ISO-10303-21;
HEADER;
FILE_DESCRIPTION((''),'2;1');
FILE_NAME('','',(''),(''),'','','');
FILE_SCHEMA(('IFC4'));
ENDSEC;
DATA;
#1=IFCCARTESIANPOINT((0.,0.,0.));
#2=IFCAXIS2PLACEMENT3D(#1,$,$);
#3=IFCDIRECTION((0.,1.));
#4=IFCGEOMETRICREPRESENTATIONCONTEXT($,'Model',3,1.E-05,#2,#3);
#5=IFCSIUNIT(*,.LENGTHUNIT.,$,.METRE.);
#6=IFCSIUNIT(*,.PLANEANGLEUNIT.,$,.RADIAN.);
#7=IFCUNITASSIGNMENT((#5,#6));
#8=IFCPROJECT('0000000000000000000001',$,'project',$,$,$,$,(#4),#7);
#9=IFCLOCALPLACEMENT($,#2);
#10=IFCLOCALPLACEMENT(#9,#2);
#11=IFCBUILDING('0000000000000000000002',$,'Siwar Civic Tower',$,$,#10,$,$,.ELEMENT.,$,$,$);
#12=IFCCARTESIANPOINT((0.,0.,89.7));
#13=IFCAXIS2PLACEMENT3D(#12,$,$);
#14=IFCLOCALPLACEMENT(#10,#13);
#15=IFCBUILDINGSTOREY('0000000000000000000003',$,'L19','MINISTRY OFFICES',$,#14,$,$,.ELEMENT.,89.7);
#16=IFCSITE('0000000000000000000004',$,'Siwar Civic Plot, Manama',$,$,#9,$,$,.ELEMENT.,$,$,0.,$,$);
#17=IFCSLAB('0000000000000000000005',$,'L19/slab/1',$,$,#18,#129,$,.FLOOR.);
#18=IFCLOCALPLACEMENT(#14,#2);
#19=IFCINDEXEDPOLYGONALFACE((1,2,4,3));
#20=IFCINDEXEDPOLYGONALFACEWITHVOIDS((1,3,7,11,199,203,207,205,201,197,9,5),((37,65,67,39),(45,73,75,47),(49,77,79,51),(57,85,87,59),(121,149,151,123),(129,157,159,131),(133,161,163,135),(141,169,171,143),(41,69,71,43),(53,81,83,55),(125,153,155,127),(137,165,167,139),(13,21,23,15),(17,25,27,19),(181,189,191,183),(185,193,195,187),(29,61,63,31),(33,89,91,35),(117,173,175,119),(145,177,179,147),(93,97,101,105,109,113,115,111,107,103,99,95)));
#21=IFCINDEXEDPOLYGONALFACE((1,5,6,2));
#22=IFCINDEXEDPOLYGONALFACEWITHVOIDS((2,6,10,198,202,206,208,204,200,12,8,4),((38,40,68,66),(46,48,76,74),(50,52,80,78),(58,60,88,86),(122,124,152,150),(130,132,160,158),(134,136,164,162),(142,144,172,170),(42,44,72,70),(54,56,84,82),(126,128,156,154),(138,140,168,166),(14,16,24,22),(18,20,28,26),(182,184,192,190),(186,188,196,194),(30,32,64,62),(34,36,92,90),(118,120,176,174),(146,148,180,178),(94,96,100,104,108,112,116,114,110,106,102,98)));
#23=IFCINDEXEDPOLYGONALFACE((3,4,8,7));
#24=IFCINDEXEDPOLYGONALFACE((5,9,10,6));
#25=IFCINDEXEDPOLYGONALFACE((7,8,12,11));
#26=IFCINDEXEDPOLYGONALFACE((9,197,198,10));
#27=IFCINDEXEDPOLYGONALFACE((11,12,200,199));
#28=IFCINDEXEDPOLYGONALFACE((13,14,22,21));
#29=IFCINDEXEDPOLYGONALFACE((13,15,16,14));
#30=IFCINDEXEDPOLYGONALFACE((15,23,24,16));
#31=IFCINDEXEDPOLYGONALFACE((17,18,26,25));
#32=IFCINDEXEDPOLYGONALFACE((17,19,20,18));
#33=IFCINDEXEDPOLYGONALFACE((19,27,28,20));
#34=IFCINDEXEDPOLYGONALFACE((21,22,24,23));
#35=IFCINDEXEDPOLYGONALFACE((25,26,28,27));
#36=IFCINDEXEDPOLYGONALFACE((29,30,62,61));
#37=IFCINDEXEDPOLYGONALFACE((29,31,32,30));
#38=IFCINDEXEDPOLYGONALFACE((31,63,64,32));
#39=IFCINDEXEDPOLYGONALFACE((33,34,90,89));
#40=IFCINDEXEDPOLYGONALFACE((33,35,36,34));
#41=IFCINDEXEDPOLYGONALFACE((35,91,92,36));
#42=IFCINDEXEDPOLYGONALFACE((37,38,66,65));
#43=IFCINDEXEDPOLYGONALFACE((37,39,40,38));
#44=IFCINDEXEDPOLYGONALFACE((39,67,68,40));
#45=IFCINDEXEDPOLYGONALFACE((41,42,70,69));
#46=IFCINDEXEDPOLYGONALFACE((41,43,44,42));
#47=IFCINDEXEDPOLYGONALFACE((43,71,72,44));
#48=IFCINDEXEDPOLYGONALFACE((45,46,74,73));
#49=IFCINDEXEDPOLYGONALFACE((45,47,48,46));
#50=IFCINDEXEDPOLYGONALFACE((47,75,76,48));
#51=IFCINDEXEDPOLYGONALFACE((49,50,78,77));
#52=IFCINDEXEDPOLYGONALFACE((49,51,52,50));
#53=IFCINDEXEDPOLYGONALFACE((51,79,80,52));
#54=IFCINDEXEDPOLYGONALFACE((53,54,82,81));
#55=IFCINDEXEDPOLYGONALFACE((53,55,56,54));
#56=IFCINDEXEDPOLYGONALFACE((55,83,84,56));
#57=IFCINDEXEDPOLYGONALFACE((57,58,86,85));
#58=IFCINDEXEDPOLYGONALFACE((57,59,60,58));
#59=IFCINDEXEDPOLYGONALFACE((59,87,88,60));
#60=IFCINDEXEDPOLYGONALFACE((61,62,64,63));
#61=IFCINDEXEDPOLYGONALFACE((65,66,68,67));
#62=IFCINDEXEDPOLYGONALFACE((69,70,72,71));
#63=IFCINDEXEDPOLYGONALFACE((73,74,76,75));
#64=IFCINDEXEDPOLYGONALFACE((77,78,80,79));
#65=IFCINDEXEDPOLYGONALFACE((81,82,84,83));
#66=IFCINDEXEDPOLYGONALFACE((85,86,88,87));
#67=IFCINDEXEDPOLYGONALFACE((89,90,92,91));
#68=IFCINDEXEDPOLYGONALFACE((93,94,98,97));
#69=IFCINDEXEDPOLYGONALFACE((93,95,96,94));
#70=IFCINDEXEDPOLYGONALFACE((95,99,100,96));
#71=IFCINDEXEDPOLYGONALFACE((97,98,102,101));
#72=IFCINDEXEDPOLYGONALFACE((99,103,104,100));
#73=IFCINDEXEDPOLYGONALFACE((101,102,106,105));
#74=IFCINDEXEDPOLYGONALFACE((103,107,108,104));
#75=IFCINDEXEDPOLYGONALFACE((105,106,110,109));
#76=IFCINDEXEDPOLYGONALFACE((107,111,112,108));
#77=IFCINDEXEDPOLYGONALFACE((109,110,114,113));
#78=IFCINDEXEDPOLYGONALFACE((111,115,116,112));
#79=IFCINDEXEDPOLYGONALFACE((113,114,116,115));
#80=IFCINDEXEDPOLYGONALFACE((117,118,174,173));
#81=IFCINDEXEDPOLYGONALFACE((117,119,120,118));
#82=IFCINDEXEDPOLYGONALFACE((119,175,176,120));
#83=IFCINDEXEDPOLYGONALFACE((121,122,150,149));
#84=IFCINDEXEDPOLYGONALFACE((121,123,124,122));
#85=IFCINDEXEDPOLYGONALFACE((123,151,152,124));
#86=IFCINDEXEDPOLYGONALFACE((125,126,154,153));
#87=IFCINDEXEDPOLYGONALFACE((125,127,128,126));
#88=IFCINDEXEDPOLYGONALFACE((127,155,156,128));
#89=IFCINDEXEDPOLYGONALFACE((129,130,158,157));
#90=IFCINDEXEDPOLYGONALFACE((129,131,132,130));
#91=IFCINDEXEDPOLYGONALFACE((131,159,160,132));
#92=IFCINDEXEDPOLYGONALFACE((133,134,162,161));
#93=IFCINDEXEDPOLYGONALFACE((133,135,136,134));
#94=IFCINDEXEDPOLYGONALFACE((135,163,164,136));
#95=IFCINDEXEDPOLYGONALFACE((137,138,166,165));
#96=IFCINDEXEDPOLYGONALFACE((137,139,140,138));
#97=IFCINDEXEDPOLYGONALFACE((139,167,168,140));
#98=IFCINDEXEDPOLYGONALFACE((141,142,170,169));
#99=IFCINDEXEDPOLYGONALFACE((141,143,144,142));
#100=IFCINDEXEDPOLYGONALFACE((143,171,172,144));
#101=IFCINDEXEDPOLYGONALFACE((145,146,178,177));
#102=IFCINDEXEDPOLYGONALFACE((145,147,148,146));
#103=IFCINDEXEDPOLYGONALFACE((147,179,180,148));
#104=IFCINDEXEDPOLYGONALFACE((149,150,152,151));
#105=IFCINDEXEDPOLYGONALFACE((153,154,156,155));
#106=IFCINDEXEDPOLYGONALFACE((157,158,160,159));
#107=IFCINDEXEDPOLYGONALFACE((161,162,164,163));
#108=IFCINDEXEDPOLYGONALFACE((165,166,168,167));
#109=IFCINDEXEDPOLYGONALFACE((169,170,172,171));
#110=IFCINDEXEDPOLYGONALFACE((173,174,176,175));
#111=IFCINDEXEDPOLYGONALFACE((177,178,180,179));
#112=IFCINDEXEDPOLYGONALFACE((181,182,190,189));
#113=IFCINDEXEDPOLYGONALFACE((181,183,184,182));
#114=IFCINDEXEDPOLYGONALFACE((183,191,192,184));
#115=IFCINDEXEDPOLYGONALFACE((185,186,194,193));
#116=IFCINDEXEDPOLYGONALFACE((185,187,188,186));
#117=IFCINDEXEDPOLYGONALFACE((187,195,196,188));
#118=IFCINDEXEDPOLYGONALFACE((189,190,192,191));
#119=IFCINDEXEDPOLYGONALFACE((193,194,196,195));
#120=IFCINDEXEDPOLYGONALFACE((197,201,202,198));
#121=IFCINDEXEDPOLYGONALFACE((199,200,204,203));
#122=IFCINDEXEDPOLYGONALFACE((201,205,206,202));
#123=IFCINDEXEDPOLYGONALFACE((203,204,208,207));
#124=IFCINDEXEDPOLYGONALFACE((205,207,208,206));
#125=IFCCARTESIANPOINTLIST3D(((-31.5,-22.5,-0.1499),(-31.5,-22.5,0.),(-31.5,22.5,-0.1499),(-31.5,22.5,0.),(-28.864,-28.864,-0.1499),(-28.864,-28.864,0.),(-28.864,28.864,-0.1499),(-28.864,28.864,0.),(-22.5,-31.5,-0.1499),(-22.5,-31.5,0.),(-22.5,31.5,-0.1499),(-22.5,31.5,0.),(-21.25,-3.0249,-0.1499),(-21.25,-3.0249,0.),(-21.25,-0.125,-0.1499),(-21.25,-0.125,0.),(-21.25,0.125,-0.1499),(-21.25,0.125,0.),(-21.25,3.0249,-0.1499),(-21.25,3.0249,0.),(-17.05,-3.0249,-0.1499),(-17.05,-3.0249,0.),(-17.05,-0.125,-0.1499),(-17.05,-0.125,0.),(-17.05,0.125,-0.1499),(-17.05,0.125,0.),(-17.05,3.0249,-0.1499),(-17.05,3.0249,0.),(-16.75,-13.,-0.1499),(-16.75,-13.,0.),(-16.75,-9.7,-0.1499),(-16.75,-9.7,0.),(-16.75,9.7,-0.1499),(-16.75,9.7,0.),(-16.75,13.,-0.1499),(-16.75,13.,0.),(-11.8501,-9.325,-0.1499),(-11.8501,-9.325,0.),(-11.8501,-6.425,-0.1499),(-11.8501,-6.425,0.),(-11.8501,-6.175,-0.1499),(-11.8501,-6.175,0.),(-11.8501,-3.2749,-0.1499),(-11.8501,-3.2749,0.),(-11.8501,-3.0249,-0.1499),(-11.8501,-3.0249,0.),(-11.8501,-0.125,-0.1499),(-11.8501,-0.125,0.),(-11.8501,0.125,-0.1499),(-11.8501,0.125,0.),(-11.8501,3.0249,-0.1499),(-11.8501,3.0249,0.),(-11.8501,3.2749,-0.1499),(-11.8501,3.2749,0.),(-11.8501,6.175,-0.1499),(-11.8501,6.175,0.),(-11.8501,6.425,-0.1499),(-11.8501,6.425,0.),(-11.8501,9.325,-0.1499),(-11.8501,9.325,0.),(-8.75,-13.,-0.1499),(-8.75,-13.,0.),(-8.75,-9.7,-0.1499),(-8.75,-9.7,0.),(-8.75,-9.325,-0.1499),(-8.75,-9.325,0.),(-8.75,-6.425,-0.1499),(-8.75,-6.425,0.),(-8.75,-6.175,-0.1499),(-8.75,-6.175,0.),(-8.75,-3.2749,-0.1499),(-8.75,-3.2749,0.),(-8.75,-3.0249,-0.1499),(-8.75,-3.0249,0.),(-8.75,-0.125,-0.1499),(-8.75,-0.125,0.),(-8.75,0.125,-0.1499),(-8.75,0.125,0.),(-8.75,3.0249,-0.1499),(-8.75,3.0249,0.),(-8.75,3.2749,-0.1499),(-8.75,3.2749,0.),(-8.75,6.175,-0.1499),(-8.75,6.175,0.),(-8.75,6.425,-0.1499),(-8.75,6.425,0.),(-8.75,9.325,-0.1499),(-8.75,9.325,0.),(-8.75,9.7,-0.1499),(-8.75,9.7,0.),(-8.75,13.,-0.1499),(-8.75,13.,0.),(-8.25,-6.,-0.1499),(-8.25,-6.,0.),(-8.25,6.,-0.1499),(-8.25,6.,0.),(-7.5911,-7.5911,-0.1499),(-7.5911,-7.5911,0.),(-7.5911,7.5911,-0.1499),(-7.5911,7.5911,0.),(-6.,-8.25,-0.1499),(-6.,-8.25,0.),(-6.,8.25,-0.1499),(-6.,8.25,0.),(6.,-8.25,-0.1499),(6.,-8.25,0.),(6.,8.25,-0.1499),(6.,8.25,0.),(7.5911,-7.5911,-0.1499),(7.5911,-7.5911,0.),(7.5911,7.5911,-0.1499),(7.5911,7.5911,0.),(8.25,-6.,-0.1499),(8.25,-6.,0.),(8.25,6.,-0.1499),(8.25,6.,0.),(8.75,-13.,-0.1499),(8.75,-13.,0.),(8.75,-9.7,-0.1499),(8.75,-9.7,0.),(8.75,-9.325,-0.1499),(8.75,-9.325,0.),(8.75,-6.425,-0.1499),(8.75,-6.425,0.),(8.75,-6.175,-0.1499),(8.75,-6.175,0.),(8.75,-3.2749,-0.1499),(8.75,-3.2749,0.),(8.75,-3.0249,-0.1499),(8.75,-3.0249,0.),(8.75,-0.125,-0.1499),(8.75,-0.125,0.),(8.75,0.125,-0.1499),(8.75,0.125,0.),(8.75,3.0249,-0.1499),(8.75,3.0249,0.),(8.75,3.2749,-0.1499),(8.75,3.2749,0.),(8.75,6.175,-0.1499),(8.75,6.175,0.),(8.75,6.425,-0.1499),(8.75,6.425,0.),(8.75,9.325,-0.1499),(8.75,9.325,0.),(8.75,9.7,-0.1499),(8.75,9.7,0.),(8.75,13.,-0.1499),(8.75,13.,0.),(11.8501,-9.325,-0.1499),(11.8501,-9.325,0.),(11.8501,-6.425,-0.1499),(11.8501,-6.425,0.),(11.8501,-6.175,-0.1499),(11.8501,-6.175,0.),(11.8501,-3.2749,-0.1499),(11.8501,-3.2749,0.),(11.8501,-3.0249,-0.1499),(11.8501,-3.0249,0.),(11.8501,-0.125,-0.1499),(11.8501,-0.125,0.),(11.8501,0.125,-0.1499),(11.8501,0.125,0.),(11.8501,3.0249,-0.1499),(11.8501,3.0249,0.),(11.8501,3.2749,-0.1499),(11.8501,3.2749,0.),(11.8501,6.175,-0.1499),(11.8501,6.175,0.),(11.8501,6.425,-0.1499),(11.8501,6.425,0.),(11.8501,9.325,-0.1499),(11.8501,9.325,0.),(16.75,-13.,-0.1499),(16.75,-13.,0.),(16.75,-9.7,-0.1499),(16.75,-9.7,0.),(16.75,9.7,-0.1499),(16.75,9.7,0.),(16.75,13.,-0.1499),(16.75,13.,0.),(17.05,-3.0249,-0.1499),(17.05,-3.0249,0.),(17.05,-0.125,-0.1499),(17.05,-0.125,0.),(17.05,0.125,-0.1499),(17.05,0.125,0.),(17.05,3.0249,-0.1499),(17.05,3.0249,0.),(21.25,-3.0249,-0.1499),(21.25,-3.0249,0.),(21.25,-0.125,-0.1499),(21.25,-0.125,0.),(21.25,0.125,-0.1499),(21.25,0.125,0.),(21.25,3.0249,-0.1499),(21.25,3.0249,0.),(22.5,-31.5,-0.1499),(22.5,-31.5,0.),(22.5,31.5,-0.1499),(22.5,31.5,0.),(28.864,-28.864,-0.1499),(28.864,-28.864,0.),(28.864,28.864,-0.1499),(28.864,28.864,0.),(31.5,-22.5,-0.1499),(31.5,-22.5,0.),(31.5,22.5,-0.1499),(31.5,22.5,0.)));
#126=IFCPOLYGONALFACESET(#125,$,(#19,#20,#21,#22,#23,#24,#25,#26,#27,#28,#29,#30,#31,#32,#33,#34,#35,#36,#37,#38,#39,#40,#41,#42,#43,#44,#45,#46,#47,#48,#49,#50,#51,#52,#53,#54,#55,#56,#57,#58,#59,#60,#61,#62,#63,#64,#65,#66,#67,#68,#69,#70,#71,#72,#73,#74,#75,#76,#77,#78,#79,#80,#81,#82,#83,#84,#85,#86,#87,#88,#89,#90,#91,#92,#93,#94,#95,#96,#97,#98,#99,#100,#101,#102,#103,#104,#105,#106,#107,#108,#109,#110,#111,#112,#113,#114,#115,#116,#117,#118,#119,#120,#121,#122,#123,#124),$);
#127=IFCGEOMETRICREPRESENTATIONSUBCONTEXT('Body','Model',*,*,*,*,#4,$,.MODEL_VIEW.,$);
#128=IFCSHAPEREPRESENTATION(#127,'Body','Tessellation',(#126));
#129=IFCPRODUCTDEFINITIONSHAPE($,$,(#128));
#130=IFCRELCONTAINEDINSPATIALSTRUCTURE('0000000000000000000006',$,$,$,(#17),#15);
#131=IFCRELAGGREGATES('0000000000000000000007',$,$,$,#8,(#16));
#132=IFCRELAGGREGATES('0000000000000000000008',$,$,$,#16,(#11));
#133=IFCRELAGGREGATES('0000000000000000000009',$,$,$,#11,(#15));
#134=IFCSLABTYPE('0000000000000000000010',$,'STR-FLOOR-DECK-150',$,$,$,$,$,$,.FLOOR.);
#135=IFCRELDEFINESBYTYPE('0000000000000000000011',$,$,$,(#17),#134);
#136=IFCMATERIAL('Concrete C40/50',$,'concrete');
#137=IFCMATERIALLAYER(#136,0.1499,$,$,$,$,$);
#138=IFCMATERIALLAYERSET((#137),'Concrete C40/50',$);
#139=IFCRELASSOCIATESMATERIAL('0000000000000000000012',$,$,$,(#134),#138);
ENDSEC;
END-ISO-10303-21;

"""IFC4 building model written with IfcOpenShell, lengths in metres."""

from ifc_helpers import new_model, si_unit, direction, frame, origin, place, context, subcontext, project, spatial, polyline, outline, extrude, material, layer, layer_set, type_object, element, save


model = new_model("IFC4")

# Units and contexts
model_context = context("Model", 3, precision=1e-05, world=origin(), true_north=direction((0.0, 1.0)))
body_context = subcontext(model_context, "Body", "Model", "MODEL_VIEW")
ifc_project = project(units=[si_unit("LENGTHUNIT", "METRE"), si_unit("PLANEANGLEUNIT", "RADIAN")], contexts=[model_context])

# Site, building, storey
site_placement = place(None, origin())
site = spatial("IfcSite", under=ifc_project, at=site_placement, Name="Siwar Civic Plot, Manama", CompositionType="ELEMENT", RefElevation=0.0)
building_placement = place(site_placement, origin())
building = spatial("IfcBuilding", under=site, at=building_placement, Name="Siwar Civic Tower", CompositionType="ELEMENT")
storey_placement = place(building_placement, frame((0.0, 0.0, 89.7)))
storey = spatial("IfcBuildingStorey", under=building, at=storey_placement, Name="L19", Description="MINISTRY OFFICES", CompositionType="ELEMENT", Elevation=89.7)

# Slab
ifc_material_1 = material(Name="Concrete C40/50", Category="concrete")
ifc_layer_1 = layer(ifc_material_1, 0.1499)
ifc_layer_set_1 = layer_set([ifc_layer_1], Name="Concrete C40/50")
slab_type_1 = type_object("IfcSlabType", Name="STR-FLOOR-DECK-150", PredefinedType="FLOOR", material=ifc_layer_set_1)
slab_1_placement = place(storey_placement, frame((0.0, 0.0, -0.1499)))
element("IfcSlab", 1, at=slab_1_placement, inside=storey, type_object=slab_type_1, Name="L19/slab/1", PredefinedType="FLOOR", context=body_context, shape_type="SweptSolid", body=[
    extrude(outline(polyline([(-22.5, -31.5), (22.5, -31.5), (28.864, -28.864), (31.5, -22.5), (31.5, 22.5), (28.864, 28.864), (22.5, 31.5), (-22.5, 31.5), (-28.864, 28.864), (-31.5, 22.5), (-31.5, -22.5), (-28.864, -28.864), (-22.5, -31.5)]), holes=[polyline([(21.25, 3.0249), (21.25, 0.125), (17.05, 0.125), (17.05, 3.0249), (21.25, 3.0249)]), polyline([(17.05, -0.125), (21.25, -0.125), (21.25, -3.0249), (17.05, -3.0249), (17.05, -0.125)]), polyline([(16.75, 13.0), (16.75, 9.7), (8.75, 9.7), (8.75, 13.0), (16.75, 13.0)]), polyline([(8.75, -9.7), (16.75, -9.7), (16.75, -13.0), (8.75, -13.0), (8.75, -9.7)]), polyline([(11.8501, 9.325), (11.8501, 6.425), (8.75, 6.425), (8.75, 9.325), (11.8501, 9.325)]), polyline([(11.8501, 3.0249), (11.8501, 0.125), (8.75, 0.125), (8.75, 3.0249), (11.8501, 3.0249)]), polyline([(11.8501, -0.125), (11.8501, -3.0249), (8.75, -3.0249), (8.75, -0.125), (11.8501, -0.125)]), polyline([(11.8501, -3.2749), (11.8501, -6.175), (8.75, -6.175), (8.75, -3.2749), (11.8501, -3.2749)]), polyline([(8.75, 6.175), (11.8501, 6.175), (11.8501, 3.2749), (8.75, 3.2749), (8.75, 6.175)]), polyline([(8.75, -6.425), (11.8501, -6.425), (11.8501, -9.325), (8.75, -9.325), (8.75, -6.425)]), polyline([(-6.0, 8.25), (6.0, 8.25), (7.5911, 7.5911), (8.25, 6.0), (8.25, -6.0), (7.5911, -7.5911), (6.0, -8.25), (-6.0, -8.25), (-7.5911, -7.5911), (-8.25, -6.0), (-8.25, 6.0), (-7.5911, 7.5911), (-6.0, 8.25)]), polyline([(-8.75, 9.7), (-16.75, 9.7), (-16.75, 13.0), (-8.75, 13.0), (-8.75, 9.7)]), polyline([(-8.75, 0.125), (-11.8501, 0.125), (-11.8501, 3.0249), (-8.75, 3.0249), (-8.75, 0.125)]), polyline([(-8.75, -6.175), (-11.8501, -6.175), (-11.8501, -3.2749), (-8.75, -3.2749), (-8.75, -6.175)]), polyline([(-8.75, -9.325), (-11.8501, -9.325), (-11.8501, -6.425), (-8.75, -6.425), (-8.75, -9.325)]), polyline([(-8.75, -13.0), (-16.75, -13.0), (-16.75, -9.7), (-8.75, -9.7), (-8.75, -13.0)]), polyline([(-11.8501, 6.425), (-11.8501, 9.325), (-8.75, 9.325), (-8.75, 6.425), (-11.8501, 6.425)]), polyline([(-11.8501, 3.2749), (-11.8501, 6.175), (-8.75, 6.175), (-8.75, 3.2749), (-11.8501, 3.2749)]), polyline([(-11.8501, -3.0249), (-11.8501, -0.125), (-8.75, -0.125), (-8.75, -3.0249), (-11.8501, -3.0249)]), polyline([(-21.25, -3.0249), (-21.25, -0.125), (-17.05, -0.125), (-17.05, -3.0249), (-21.25, -3.0249)]), polyline([(-17.05, 0.125), (-21.25, 0.125), (-21.25, 3.0249), (-17.05, 3.0249), (-17.05, 0.125)])]), origin(), (0.0, 0.0, 1.0), 0.1499),
])

save(model, "model.ifc")
